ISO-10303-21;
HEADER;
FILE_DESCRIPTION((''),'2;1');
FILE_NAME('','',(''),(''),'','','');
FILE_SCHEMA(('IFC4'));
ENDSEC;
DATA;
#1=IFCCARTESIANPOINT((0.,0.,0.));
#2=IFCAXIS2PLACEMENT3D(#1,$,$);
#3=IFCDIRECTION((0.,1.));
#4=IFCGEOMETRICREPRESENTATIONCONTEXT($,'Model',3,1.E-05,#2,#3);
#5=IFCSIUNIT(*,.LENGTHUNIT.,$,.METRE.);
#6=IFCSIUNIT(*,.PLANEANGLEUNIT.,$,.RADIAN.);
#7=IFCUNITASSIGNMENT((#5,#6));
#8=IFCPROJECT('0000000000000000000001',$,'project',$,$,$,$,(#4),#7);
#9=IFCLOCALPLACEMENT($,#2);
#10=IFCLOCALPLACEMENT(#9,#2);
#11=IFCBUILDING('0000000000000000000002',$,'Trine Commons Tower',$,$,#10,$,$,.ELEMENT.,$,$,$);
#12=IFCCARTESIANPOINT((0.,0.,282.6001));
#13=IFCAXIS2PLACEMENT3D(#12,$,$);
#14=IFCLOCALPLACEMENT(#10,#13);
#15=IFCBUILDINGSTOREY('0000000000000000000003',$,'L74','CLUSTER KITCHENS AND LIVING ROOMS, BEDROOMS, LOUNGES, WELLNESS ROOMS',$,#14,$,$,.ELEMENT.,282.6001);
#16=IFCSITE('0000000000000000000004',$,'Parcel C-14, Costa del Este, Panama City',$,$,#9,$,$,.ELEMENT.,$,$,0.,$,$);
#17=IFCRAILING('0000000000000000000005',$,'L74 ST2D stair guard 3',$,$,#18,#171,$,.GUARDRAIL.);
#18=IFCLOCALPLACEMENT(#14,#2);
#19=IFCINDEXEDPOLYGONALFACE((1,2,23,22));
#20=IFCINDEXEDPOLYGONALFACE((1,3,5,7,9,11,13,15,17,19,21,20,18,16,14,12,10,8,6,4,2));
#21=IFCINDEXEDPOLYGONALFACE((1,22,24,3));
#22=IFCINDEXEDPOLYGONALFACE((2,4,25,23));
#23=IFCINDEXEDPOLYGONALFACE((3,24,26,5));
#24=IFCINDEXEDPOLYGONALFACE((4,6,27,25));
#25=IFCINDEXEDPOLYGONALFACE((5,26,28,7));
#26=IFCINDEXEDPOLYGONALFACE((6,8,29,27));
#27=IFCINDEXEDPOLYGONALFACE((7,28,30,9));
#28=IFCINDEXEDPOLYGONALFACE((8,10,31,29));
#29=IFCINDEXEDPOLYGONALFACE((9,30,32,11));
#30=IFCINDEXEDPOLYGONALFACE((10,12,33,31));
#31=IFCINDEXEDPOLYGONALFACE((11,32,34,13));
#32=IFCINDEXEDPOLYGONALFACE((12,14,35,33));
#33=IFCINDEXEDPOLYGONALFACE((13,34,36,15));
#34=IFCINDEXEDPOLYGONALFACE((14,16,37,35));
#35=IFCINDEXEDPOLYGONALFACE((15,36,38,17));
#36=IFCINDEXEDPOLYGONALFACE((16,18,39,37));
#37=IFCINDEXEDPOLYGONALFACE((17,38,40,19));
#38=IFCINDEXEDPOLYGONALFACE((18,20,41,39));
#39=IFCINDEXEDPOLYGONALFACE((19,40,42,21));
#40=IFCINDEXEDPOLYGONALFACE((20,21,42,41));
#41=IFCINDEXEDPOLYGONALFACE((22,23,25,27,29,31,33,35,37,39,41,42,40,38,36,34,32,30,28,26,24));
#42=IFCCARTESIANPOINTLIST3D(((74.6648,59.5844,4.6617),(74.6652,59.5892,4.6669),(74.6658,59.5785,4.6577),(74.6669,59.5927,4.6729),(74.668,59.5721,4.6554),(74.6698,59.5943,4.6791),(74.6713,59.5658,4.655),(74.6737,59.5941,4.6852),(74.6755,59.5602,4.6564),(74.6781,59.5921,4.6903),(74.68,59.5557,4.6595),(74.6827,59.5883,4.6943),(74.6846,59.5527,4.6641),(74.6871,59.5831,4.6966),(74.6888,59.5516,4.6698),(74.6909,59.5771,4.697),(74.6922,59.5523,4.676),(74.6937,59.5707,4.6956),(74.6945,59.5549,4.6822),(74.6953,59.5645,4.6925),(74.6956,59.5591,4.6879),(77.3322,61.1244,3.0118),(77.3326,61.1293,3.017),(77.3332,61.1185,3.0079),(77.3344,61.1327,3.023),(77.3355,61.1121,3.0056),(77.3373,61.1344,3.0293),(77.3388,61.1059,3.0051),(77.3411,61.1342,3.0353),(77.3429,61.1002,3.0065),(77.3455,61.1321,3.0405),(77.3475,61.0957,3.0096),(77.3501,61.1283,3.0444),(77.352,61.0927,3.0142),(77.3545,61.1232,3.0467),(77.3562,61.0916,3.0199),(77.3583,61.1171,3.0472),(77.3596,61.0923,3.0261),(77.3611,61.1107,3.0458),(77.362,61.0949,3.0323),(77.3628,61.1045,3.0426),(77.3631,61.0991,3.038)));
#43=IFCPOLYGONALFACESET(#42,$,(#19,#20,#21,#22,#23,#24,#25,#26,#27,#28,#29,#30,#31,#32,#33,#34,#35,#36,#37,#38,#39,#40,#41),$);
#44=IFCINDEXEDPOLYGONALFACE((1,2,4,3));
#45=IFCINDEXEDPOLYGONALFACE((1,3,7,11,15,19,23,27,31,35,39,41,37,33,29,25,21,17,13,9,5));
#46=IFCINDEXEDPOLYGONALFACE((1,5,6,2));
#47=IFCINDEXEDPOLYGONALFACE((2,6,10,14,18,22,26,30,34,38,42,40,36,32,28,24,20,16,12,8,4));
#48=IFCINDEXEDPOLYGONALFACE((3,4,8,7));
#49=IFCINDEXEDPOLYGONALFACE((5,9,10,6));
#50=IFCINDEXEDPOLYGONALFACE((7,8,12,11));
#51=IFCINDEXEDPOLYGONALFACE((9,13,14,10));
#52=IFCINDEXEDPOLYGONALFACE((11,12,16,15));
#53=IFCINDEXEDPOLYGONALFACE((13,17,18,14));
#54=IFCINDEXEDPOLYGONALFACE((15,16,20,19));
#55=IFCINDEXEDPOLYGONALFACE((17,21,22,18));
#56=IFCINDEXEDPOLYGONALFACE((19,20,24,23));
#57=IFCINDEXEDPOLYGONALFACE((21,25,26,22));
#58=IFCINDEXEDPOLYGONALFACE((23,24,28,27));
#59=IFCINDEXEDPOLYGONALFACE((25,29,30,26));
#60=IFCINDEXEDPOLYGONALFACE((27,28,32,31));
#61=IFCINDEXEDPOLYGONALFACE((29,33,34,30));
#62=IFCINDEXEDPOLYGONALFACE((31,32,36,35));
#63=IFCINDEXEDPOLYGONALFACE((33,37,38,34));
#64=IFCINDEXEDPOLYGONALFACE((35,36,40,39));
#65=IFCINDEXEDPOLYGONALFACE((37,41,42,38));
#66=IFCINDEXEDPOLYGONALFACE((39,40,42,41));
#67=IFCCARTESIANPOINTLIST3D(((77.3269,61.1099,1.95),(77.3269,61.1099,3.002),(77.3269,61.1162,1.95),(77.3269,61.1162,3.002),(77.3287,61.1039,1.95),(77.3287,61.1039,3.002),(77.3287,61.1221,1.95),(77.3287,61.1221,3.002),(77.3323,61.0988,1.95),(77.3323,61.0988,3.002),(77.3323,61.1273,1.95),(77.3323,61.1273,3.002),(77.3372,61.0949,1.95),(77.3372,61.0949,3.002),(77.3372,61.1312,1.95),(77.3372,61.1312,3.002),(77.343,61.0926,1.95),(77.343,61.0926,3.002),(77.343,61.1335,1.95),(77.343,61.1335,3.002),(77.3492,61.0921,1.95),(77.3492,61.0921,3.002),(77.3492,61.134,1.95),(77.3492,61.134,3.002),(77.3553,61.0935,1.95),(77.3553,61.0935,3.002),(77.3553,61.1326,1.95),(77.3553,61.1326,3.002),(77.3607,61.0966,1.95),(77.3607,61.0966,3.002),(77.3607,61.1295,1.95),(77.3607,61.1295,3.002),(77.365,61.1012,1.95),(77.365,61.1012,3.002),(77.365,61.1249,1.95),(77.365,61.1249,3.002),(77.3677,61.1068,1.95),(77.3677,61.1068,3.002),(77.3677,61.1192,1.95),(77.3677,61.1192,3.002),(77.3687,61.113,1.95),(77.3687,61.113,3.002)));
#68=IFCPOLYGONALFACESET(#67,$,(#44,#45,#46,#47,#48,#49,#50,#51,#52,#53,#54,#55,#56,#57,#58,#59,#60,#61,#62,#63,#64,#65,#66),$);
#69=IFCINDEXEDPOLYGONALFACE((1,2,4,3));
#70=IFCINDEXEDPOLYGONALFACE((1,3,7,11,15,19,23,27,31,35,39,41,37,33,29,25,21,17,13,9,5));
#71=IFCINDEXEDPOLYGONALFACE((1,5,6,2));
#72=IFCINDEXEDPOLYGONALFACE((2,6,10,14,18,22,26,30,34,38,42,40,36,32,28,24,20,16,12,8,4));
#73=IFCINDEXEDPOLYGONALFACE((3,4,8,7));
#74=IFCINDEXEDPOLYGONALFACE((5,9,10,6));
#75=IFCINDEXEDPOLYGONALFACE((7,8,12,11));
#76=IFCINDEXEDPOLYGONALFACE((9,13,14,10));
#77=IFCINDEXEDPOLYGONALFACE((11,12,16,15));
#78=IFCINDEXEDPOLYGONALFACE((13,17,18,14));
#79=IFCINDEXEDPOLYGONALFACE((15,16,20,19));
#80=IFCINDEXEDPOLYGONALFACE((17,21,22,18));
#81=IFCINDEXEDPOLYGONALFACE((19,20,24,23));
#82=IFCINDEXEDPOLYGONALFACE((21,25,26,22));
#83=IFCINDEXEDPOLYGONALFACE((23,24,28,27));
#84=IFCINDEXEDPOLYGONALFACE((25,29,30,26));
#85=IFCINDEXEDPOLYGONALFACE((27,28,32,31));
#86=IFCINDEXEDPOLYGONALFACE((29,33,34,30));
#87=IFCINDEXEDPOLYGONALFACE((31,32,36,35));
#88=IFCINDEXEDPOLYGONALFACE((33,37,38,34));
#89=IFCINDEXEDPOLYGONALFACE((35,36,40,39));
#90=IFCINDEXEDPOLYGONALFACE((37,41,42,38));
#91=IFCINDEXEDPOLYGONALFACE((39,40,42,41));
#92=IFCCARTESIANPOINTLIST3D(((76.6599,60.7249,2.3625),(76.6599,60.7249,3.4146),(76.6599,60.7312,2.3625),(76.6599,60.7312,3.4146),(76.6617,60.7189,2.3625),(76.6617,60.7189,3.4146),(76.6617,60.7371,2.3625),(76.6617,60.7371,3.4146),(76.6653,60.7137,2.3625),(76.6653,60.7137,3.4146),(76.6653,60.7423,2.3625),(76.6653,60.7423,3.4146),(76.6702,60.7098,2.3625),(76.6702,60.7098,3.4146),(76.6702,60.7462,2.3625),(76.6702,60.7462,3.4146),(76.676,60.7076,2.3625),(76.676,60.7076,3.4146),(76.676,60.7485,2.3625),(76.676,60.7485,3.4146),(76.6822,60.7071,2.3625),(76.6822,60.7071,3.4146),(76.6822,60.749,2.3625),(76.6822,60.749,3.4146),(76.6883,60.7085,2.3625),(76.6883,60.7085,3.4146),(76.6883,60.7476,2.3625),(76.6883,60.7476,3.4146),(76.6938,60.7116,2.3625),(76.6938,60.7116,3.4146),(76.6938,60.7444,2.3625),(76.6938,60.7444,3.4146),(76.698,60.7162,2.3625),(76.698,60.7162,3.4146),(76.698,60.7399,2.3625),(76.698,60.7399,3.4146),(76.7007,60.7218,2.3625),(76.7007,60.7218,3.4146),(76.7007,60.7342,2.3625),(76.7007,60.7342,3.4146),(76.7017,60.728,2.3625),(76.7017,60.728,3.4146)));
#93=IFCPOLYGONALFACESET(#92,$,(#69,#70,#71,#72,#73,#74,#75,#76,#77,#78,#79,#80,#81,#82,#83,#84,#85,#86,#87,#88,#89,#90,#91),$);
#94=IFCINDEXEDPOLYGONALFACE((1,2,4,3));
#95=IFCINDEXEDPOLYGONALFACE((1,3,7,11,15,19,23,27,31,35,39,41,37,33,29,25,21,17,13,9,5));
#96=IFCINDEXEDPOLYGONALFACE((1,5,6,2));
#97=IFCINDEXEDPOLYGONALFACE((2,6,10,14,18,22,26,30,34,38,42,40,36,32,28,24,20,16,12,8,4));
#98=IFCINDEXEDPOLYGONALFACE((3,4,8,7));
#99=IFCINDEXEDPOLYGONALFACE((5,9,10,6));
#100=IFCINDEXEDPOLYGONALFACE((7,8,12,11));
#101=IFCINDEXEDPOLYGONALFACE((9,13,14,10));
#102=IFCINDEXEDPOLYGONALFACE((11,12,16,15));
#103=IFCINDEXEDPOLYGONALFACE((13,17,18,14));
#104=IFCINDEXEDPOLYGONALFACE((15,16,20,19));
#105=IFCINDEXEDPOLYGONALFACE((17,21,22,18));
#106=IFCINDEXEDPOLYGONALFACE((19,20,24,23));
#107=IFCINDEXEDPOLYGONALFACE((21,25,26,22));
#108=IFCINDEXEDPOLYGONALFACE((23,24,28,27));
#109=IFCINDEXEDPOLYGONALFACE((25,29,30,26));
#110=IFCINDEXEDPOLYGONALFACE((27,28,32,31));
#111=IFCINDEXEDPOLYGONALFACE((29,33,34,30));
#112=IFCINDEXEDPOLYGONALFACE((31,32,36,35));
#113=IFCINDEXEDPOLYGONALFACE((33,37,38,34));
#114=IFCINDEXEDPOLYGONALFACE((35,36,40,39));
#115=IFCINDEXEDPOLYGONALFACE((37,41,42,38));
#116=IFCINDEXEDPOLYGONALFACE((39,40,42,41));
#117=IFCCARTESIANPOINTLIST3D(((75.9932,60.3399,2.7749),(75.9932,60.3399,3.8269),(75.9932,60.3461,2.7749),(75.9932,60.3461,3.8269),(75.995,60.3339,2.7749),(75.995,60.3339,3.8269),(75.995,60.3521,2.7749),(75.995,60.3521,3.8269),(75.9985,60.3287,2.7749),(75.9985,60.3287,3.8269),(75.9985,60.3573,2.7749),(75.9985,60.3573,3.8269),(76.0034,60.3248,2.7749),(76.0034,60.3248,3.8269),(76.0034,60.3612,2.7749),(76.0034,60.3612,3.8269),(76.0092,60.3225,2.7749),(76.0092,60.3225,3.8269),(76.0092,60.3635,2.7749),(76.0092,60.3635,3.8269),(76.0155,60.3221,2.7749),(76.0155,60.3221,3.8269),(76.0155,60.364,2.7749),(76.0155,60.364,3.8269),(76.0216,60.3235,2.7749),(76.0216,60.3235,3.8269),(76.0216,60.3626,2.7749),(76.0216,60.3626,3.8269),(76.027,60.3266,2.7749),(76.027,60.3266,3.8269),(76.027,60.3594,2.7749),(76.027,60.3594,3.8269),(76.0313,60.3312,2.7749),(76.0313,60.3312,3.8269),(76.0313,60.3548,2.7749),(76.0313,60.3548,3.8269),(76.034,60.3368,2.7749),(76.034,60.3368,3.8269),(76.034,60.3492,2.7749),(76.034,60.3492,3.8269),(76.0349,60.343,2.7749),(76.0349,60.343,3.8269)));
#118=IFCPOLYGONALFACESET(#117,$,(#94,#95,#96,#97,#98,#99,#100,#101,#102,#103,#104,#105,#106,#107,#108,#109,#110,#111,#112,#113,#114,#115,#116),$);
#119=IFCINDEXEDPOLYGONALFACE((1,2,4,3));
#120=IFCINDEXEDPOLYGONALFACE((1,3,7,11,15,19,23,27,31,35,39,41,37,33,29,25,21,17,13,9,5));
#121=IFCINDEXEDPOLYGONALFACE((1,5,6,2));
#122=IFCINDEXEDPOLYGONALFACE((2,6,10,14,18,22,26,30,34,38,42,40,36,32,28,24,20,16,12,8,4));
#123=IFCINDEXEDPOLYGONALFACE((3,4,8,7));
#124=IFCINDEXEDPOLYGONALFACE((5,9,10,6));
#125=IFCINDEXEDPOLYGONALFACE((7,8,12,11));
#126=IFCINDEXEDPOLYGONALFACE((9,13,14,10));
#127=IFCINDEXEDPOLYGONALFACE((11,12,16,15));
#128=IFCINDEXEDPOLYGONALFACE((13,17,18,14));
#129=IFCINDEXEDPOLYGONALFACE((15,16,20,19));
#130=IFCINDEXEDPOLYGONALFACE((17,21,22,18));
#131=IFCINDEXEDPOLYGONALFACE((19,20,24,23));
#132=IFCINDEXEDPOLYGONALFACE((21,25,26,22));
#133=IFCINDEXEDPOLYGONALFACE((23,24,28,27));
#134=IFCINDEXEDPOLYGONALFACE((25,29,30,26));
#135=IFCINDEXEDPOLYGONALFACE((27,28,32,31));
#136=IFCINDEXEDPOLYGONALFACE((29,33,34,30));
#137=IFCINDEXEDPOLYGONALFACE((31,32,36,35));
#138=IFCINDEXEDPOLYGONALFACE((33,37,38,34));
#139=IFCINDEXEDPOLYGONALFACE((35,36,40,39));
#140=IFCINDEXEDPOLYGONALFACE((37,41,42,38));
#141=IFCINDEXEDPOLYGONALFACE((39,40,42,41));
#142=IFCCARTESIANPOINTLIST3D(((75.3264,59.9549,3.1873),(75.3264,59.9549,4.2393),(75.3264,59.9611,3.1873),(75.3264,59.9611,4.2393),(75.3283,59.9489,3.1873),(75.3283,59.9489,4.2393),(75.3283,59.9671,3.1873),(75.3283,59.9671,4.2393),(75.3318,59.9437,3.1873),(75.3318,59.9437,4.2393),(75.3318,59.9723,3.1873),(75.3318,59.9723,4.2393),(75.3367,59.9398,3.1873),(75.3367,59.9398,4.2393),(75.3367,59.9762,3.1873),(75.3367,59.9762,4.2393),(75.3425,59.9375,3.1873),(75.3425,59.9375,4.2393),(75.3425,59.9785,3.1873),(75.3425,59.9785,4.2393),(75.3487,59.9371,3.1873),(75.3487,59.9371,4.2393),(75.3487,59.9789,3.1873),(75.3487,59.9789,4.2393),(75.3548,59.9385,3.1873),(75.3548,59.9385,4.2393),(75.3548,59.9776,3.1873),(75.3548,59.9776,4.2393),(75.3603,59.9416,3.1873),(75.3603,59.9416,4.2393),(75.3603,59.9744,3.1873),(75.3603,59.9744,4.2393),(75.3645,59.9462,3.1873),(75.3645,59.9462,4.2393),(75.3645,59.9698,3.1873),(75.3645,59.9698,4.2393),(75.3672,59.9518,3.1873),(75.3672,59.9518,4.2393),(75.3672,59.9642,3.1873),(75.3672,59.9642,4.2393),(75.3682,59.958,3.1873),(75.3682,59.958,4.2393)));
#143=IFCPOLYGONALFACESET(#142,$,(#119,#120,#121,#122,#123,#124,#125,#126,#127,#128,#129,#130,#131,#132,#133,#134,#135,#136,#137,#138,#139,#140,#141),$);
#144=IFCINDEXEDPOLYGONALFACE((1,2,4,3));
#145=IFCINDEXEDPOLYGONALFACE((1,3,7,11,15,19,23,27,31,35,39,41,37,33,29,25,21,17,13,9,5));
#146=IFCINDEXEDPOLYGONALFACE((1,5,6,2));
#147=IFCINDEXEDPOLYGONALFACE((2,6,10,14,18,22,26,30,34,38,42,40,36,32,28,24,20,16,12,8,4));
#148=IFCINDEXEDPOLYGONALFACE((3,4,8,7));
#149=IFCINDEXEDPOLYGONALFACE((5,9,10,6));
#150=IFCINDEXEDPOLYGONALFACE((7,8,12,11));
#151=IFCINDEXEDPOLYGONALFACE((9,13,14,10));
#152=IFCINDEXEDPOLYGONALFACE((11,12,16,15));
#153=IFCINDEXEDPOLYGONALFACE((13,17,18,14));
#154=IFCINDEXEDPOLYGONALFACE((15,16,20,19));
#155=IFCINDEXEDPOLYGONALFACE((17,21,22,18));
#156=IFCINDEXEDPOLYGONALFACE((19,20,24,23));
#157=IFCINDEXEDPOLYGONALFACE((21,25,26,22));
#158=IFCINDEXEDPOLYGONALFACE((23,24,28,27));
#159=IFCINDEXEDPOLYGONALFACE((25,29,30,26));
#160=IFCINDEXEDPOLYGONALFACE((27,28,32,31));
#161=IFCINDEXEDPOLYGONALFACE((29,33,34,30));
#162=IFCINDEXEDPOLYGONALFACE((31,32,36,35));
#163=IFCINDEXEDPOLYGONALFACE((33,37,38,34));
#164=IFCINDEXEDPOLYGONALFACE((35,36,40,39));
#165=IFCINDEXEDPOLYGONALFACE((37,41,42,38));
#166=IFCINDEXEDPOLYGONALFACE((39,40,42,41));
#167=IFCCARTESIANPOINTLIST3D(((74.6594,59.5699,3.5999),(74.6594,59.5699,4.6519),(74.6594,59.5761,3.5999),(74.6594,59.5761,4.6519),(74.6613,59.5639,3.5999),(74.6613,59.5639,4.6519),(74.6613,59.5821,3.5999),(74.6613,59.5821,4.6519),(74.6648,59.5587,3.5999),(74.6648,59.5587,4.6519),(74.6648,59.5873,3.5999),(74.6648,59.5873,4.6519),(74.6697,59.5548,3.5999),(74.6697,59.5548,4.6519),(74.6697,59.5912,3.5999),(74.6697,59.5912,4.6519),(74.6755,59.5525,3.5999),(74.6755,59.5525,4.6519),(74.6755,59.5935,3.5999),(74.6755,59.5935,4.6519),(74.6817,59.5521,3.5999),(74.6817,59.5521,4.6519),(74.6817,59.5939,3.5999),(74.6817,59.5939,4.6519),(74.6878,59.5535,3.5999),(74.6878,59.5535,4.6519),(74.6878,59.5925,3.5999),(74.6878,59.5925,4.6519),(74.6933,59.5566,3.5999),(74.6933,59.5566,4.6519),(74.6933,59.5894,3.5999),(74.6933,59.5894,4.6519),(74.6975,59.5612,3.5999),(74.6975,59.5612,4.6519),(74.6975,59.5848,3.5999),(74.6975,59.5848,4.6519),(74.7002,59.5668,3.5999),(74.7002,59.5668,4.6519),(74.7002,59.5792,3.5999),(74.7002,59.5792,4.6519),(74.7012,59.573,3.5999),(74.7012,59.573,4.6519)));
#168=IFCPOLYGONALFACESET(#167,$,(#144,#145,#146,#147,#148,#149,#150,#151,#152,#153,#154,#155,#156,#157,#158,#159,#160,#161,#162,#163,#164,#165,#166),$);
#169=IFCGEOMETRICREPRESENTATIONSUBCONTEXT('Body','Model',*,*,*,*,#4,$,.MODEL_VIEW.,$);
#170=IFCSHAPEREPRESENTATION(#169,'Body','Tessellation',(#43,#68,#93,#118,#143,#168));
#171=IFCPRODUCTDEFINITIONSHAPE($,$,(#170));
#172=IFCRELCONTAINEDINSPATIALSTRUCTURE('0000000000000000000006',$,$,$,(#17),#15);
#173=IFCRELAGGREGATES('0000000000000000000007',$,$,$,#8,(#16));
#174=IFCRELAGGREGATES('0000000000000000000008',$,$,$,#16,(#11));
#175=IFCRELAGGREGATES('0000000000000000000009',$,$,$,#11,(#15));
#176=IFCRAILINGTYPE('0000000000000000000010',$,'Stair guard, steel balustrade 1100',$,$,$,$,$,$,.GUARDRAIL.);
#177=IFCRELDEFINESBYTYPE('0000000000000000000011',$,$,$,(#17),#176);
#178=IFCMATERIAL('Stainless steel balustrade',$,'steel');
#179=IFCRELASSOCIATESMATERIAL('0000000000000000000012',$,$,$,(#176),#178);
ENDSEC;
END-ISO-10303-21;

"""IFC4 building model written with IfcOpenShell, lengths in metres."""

from ifc_helpers import new_model, si_unit, direction, frame, origin, origin_2d, place, context, subcontext, project, spatial, circle, extrude, material, type_object, element, save


model = new_model("IFC4")

# Units and contexts
model_context = context("Model", 3, precision=1e-05, world=origin(), true_north=direction((0.0, 1.0)))
body_context = subcontext(model_context, "Body", "Model", "MODEL_VIEW")
ifc_project = project(units=[si_unit("LENGTHUNIT", "METRE"), si_unit("PLANEANGLEUNIT", "RADIAN")], contexts=[model_context])

# Site, building, storey
site_placement = place(None, origin())
site = spatial("IfcSite", under=ifc_project, at=site_placement, Name="Parcel C-14, Costa del Este, Panama City", CompositionType="ELEMENT", RefElevation=0.0)
building_placement = place(site_placement, origin())
building = spatial("IfcBuilding", under=site, at=building_placement, Name="Trine Commons Tower", CompositionType="ELEMENT")
storey_placement = place(building_placement, frame((0.0, 0.0, 282.6001)))
storey = spatial("IfcBuildingStorey", under=building, at=storey_placement, Name="L74", Description="CLUSTER KITCHENS AND LIVING ROOMS, BEDROOMS, LOUNGES, WELLNESS ROOMS", CompositionType="ELEMENT", Elevation=282.6001)

# Railing
ifc_material_1 = material(Name="Stainless steel balustrade", Category="steel")
railing_type_1 = type_object("IfcRailingType", Name="Stair guard, steel balustrade 1100", PredefinedType="GUARDRAIL", material=ifc_material_1)
railing_1_placement = place(storey_placement, frame((77.3477, 61.113, 1.95)))
element("IfcRailing", 1, at=railing_1_placement, inside=storey, type_object=railing_type_1, Name="L74 ST2D stair guard 3", PredefinedType="GUARDRAIL", context=body_context, shape_type="SweptSolid", body=[
    extrude(circle(Radius=0.0239, at=origin_2d()), frame((0.0, 0.0, 1.0762), z_axis=(-0.763405, -0.440743, 0.472185), x_axis=(0.499992, -0.86603, 0.0)), (0.0, 0.0, 1.0), 3.4941),
    extrude(circle(Radius=0.021, at=origin_2d()), origin(), (0.0, 0.0, 1.0), 1.052),
    extrude(circle(Radius=0.021, at=origin_2d()), frame((-0.667, -0.385, 0.4126)), (0.0, 0.0, 1.0), 1.052),
    extrude(circle(Radius=0.021, at=origin_2d()), frame((-1.3337, -0.77, 0.825)), (0.0, 0.0, 1.0), 1.052),
    extrude(circle(Radius=0.021, at=origin_2d()), frame((-2.0005, -1.155, 1.2373)), (0.0, 0.0, 1.0), 1.052),
    extrude(circle(Radius=0.021, at=origin_2d()), frame((-2.6675, -1.54, 1.6499)), (0.0, 0.0, 1.0), 1.052),
])

save(model, "model.ifc")
